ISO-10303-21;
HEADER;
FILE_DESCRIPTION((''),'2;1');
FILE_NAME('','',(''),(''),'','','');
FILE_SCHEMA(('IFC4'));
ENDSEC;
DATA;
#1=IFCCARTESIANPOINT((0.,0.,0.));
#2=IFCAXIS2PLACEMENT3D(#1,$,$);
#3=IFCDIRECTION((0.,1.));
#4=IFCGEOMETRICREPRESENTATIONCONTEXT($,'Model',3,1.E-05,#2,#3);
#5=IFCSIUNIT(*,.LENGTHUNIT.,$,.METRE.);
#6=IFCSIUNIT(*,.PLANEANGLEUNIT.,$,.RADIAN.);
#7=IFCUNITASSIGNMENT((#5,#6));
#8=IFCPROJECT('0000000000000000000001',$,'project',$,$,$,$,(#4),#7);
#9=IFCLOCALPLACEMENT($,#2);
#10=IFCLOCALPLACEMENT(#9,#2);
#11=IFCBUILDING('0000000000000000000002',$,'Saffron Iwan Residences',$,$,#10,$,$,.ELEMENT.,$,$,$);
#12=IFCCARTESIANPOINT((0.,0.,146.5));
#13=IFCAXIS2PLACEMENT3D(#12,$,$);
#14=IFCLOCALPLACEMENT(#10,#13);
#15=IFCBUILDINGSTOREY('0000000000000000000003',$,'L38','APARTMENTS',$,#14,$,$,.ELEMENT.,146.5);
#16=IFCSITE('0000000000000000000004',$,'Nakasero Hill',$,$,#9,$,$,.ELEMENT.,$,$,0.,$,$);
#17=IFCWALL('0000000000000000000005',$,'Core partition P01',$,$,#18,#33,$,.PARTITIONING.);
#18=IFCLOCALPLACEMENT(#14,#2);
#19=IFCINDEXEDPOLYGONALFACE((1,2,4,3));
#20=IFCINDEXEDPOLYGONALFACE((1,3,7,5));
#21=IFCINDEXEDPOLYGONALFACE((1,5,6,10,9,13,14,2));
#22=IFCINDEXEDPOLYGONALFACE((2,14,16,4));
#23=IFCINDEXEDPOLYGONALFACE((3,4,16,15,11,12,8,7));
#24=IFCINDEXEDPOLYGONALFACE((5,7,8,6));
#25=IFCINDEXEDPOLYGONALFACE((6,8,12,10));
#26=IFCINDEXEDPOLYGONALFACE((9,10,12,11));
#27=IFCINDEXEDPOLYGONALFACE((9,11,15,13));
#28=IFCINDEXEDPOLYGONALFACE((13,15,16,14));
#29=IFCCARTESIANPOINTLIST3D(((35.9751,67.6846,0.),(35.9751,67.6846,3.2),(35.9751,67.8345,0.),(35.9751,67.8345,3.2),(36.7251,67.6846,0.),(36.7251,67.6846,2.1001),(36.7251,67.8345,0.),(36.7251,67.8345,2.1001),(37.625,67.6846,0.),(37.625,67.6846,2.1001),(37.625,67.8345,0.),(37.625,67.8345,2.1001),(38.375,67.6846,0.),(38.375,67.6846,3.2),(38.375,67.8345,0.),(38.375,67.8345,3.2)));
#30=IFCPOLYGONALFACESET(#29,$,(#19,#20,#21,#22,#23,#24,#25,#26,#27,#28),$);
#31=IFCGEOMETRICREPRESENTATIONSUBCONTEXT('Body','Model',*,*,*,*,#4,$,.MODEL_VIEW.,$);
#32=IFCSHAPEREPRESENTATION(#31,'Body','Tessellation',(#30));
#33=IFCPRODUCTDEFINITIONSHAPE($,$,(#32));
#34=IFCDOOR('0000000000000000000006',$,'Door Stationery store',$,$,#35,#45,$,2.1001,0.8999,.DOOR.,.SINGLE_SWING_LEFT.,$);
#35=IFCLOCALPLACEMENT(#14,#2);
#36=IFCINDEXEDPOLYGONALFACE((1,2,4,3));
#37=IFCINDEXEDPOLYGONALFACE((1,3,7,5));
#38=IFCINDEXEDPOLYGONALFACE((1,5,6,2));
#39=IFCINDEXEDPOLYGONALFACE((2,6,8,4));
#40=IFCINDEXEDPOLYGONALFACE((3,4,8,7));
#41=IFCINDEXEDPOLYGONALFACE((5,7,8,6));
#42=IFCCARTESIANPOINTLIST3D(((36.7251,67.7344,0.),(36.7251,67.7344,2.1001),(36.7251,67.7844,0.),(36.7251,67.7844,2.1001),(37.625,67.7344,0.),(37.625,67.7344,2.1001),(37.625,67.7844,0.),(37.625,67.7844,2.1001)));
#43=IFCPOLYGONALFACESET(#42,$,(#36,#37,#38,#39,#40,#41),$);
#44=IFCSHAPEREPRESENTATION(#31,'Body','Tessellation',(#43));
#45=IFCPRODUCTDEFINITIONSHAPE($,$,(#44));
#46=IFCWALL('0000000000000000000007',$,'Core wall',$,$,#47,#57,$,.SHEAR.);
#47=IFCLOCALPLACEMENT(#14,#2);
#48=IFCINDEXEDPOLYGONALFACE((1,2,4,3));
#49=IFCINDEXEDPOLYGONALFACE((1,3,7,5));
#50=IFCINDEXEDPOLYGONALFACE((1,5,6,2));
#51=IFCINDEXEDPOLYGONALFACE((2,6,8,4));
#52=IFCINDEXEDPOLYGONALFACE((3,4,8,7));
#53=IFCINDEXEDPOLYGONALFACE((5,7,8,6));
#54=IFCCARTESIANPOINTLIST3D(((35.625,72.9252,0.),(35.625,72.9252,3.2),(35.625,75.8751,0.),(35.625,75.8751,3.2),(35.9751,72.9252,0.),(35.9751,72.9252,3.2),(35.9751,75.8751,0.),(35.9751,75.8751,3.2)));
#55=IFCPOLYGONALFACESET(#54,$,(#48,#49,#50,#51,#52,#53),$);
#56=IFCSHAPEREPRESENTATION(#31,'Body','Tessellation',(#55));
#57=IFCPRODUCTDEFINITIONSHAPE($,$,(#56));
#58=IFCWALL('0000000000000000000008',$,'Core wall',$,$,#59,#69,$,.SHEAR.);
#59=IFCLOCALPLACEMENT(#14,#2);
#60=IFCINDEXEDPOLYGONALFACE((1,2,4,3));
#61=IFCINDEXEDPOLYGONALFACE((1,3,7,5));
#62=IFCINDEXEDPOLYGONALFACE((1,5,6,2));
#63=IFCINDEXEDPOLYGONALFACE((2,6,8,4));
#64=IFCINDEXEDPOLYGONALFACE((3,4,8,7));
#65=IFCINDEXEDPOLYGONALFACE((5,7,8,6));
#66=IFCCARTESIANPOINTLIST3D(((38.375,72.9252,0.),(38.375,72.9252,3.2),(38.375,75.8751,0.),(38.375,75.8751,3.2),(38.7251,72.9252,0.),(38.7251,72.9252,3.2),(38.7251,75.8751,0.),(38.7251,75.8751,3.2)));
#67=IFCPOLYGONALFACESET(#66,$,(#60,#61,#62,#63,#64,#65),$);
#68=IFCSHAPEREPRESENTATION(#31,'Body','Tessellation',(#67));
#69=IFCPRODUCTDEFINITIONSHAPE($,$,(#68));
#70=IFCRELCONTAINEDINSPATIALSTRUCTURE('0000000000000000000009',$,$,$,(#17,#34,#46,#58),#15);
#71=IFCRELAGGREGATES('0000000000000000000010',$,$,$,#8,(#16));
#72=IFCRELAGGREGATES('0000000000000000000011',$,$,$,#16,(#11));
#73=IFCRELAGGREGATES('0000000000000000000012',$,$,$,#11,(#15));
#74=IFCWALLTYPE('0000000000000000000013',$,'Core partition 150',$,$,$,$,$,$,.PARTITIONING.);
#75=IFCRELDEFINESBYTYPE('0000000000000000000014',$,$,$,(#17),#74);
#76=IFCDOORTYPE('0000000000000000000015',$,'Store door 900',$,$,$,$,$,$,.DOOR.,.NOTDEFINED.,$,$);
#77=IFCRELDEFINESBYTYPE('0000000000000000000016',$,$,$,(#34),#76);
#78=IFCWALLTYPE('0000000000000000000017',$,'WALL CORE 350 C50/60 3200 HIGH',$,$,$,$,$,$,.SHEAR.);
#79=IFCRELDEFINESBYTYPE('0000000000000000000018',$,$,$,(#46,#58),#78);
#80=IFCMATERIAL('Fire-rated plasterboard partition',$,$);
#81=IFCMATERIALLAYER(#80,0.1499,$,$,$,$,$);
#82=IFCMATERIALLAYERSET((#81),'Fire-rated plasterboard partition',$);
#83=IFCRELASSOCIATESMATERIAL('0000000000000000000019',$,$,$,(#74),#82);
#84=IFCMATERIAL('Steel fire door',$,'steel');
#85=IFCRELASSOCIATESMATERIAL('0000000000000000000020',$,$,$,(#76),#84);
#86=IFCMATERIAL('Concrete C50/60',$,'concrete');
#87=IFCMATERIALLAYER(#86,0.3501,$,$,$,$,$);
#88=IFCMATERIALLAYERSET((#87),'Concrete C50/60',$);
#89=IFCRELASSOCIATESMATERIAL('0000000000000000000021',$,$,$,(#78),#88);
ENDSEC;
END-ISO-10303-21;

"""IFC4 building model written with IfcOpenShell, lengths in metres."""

from ifc_helpers import new_model, si_unit, direction, frame, frame_2d, origin, place, context, subcontext, project, spatial, rectangle, extrude, material, layer, layer_set, type_object, element, fill, save


model = new_model("IFC4")

# Units and contexts
model_context = context("Model", 3, precision=1e-05, world=origin(), true_north=direction((0.0, 1.0)))
body_context = subcontext(model_context, "Body", "Model", "MODEL_VIEW")
ifc_project = project(units=[si_unit("LENGTHUNIT", "METRE"), si_unit("PLANEANGLEUNIT", "RADIAN")], contexts=[model_context])

# Site, building, storey
site_placement = place(None, origin())
site = spatial("IfcSite", under=ifc_project, at=site_placement, Name="Nakasero Hill", CompositionType="ELEMENT", RefElevation=0.0)
building_placement = place(site_placement, origin())
building = spatial("IfcBuilding", under=site, at=building_placement, Name="Saffron Iwan Residences", CompositionType="ELEMENT")
storey_placement = place(building_placement, frame((0.0, 0.0, 146.5)))
storey = spatial("IfcBuildingStorey", under=building, at=storey_placement, Name="L38", Description="APARTMENTS", CompositionType="ELEMENT", Elevation=146.5)

# Wall, opening, door
ifc_material_1 = material(Name="Fire-rated plasterboard partition")
ifc_layer_1 = layer(ifc_material_1, 0.1499)
ifc_layer_set_1 = layer_set([ifc_layer_1], Name="Fire-rated plasterboard partition")
wall_type_1 = type_object("IfcWallType", Name="Core partition 150", PredefinedType="PARTITIONING", material=ifc_layer_set_1)
wall_placement = place(storey_placement, frame((35.9751, 67.7595, 0.0), z_axis=(0.0, 0.0, 1.0), x_axis=(1.0, 0.0, 0.0)))
wall = element("IfcWall", 1, at=wall_placement, inside=storey, type_object=wall_type_1, Name="Core partition P01", PredefinedType="PARTITIONING", context=body_context, shape_type="SweptSolid", body=[
    extrude(rectangle(XDim=2.3999, YDim=0.1499, at=frame_2d((1.2, 0.0))), origin(), (0.0, 0.0, 1.0), 3.2),
])
opening_placement = place(wall_placement, frame((0.75, 0.0, 0.0)))
opening = element("IfcOpeningElement", 2, at=opening_placement, cuts=wall, PredefinedType="OPENING", context=body_context, shape_type="SweptSolid", body=[
    extrude(rectangle(XDim=0.8999, YDim=2.1001, at=frame_2d((0.45, 1.05))), frame((0.0, 0.085, 0.0), z_axis=(0.0, -1.0, 0.0), x_axis=(1.0, 0.0, 0.0)), (0.0, 0.0, 1.0), 0.1699),
])
ifc_material_2 = material(Name="Steel fire door", Category="steel")
door_type = type_object("IfcDoorType", Name="Store door 900", OperationType="NOTDEFINED", PredefinedType="DOOR", material=ifc_material_2)
door_placement = place(opening_placement, origin())
door = element("IfcDoor", 3, at=door_placement, inside=storey, type_object=door_type, Name="Door Stationery store", OperationType="SINGLE_SWING_LEFT", OverallHeight=2.1001, OverallWidth=0.8999, PredefinedType="DOOR", context=body_context, shape_type="SweptSolid", body=[
    extrude(rectangle(XDim=0.8999, YDim=2.1001, at=frame_2d((0.45, 1.05))), frame((0.0, 0.0249, 0.0), z_axis=(0.0, -1.0, 0.0), x_axis=(1.0, 0.0, 0.0)), (0.0, 0.0, 1.0), 0.05),
])
fill(opening, door)

# Walls
ifc_material_3 = material(Name="Concrete C50/60", Category="concrete")
ifc_layer_2 = layer(ifc_material_3, 0.3501)
ifc_layer_set_2 = layer_set([ifc_layer_2], Name="Concrete C50/60")
wall_type_2 = type_object("IfcWallType", Name="WALL CORE 350 C50/60 3200 HIGH", PredefinedType="SHEAR", material=ifc_layer_set_2)
for number, where, z_axis, x_axis, name in (
    (4, (35.8, 72.925, 0.0), (0.0, 0.0, 1.0), (0.0, 1.0, 0.0), "Core wall"),
    (5, (38.55, 72.925, 0.0), (0.0, 0.0, 1.0), (0.0, 1.0, 0.0), "Core wall"),
):
    element("IfcWall", number, at=place(storey_placement, frame(where, z_axis=z_axis, x_axis=x_axis)), inside=storey, type_object=wall_type_2, Name=name, PredefinedType="SHEAR", context=body_context, shape_type="SweptSolid", body=[
        extrude(rectangle(XDim=2.95, YDim=0.3501, at=frame_2d((1.4751, 0.0))), origin(), (0.0, 0.0, 1.0), 3.2),
    ])

save(model, "model.ifc")
